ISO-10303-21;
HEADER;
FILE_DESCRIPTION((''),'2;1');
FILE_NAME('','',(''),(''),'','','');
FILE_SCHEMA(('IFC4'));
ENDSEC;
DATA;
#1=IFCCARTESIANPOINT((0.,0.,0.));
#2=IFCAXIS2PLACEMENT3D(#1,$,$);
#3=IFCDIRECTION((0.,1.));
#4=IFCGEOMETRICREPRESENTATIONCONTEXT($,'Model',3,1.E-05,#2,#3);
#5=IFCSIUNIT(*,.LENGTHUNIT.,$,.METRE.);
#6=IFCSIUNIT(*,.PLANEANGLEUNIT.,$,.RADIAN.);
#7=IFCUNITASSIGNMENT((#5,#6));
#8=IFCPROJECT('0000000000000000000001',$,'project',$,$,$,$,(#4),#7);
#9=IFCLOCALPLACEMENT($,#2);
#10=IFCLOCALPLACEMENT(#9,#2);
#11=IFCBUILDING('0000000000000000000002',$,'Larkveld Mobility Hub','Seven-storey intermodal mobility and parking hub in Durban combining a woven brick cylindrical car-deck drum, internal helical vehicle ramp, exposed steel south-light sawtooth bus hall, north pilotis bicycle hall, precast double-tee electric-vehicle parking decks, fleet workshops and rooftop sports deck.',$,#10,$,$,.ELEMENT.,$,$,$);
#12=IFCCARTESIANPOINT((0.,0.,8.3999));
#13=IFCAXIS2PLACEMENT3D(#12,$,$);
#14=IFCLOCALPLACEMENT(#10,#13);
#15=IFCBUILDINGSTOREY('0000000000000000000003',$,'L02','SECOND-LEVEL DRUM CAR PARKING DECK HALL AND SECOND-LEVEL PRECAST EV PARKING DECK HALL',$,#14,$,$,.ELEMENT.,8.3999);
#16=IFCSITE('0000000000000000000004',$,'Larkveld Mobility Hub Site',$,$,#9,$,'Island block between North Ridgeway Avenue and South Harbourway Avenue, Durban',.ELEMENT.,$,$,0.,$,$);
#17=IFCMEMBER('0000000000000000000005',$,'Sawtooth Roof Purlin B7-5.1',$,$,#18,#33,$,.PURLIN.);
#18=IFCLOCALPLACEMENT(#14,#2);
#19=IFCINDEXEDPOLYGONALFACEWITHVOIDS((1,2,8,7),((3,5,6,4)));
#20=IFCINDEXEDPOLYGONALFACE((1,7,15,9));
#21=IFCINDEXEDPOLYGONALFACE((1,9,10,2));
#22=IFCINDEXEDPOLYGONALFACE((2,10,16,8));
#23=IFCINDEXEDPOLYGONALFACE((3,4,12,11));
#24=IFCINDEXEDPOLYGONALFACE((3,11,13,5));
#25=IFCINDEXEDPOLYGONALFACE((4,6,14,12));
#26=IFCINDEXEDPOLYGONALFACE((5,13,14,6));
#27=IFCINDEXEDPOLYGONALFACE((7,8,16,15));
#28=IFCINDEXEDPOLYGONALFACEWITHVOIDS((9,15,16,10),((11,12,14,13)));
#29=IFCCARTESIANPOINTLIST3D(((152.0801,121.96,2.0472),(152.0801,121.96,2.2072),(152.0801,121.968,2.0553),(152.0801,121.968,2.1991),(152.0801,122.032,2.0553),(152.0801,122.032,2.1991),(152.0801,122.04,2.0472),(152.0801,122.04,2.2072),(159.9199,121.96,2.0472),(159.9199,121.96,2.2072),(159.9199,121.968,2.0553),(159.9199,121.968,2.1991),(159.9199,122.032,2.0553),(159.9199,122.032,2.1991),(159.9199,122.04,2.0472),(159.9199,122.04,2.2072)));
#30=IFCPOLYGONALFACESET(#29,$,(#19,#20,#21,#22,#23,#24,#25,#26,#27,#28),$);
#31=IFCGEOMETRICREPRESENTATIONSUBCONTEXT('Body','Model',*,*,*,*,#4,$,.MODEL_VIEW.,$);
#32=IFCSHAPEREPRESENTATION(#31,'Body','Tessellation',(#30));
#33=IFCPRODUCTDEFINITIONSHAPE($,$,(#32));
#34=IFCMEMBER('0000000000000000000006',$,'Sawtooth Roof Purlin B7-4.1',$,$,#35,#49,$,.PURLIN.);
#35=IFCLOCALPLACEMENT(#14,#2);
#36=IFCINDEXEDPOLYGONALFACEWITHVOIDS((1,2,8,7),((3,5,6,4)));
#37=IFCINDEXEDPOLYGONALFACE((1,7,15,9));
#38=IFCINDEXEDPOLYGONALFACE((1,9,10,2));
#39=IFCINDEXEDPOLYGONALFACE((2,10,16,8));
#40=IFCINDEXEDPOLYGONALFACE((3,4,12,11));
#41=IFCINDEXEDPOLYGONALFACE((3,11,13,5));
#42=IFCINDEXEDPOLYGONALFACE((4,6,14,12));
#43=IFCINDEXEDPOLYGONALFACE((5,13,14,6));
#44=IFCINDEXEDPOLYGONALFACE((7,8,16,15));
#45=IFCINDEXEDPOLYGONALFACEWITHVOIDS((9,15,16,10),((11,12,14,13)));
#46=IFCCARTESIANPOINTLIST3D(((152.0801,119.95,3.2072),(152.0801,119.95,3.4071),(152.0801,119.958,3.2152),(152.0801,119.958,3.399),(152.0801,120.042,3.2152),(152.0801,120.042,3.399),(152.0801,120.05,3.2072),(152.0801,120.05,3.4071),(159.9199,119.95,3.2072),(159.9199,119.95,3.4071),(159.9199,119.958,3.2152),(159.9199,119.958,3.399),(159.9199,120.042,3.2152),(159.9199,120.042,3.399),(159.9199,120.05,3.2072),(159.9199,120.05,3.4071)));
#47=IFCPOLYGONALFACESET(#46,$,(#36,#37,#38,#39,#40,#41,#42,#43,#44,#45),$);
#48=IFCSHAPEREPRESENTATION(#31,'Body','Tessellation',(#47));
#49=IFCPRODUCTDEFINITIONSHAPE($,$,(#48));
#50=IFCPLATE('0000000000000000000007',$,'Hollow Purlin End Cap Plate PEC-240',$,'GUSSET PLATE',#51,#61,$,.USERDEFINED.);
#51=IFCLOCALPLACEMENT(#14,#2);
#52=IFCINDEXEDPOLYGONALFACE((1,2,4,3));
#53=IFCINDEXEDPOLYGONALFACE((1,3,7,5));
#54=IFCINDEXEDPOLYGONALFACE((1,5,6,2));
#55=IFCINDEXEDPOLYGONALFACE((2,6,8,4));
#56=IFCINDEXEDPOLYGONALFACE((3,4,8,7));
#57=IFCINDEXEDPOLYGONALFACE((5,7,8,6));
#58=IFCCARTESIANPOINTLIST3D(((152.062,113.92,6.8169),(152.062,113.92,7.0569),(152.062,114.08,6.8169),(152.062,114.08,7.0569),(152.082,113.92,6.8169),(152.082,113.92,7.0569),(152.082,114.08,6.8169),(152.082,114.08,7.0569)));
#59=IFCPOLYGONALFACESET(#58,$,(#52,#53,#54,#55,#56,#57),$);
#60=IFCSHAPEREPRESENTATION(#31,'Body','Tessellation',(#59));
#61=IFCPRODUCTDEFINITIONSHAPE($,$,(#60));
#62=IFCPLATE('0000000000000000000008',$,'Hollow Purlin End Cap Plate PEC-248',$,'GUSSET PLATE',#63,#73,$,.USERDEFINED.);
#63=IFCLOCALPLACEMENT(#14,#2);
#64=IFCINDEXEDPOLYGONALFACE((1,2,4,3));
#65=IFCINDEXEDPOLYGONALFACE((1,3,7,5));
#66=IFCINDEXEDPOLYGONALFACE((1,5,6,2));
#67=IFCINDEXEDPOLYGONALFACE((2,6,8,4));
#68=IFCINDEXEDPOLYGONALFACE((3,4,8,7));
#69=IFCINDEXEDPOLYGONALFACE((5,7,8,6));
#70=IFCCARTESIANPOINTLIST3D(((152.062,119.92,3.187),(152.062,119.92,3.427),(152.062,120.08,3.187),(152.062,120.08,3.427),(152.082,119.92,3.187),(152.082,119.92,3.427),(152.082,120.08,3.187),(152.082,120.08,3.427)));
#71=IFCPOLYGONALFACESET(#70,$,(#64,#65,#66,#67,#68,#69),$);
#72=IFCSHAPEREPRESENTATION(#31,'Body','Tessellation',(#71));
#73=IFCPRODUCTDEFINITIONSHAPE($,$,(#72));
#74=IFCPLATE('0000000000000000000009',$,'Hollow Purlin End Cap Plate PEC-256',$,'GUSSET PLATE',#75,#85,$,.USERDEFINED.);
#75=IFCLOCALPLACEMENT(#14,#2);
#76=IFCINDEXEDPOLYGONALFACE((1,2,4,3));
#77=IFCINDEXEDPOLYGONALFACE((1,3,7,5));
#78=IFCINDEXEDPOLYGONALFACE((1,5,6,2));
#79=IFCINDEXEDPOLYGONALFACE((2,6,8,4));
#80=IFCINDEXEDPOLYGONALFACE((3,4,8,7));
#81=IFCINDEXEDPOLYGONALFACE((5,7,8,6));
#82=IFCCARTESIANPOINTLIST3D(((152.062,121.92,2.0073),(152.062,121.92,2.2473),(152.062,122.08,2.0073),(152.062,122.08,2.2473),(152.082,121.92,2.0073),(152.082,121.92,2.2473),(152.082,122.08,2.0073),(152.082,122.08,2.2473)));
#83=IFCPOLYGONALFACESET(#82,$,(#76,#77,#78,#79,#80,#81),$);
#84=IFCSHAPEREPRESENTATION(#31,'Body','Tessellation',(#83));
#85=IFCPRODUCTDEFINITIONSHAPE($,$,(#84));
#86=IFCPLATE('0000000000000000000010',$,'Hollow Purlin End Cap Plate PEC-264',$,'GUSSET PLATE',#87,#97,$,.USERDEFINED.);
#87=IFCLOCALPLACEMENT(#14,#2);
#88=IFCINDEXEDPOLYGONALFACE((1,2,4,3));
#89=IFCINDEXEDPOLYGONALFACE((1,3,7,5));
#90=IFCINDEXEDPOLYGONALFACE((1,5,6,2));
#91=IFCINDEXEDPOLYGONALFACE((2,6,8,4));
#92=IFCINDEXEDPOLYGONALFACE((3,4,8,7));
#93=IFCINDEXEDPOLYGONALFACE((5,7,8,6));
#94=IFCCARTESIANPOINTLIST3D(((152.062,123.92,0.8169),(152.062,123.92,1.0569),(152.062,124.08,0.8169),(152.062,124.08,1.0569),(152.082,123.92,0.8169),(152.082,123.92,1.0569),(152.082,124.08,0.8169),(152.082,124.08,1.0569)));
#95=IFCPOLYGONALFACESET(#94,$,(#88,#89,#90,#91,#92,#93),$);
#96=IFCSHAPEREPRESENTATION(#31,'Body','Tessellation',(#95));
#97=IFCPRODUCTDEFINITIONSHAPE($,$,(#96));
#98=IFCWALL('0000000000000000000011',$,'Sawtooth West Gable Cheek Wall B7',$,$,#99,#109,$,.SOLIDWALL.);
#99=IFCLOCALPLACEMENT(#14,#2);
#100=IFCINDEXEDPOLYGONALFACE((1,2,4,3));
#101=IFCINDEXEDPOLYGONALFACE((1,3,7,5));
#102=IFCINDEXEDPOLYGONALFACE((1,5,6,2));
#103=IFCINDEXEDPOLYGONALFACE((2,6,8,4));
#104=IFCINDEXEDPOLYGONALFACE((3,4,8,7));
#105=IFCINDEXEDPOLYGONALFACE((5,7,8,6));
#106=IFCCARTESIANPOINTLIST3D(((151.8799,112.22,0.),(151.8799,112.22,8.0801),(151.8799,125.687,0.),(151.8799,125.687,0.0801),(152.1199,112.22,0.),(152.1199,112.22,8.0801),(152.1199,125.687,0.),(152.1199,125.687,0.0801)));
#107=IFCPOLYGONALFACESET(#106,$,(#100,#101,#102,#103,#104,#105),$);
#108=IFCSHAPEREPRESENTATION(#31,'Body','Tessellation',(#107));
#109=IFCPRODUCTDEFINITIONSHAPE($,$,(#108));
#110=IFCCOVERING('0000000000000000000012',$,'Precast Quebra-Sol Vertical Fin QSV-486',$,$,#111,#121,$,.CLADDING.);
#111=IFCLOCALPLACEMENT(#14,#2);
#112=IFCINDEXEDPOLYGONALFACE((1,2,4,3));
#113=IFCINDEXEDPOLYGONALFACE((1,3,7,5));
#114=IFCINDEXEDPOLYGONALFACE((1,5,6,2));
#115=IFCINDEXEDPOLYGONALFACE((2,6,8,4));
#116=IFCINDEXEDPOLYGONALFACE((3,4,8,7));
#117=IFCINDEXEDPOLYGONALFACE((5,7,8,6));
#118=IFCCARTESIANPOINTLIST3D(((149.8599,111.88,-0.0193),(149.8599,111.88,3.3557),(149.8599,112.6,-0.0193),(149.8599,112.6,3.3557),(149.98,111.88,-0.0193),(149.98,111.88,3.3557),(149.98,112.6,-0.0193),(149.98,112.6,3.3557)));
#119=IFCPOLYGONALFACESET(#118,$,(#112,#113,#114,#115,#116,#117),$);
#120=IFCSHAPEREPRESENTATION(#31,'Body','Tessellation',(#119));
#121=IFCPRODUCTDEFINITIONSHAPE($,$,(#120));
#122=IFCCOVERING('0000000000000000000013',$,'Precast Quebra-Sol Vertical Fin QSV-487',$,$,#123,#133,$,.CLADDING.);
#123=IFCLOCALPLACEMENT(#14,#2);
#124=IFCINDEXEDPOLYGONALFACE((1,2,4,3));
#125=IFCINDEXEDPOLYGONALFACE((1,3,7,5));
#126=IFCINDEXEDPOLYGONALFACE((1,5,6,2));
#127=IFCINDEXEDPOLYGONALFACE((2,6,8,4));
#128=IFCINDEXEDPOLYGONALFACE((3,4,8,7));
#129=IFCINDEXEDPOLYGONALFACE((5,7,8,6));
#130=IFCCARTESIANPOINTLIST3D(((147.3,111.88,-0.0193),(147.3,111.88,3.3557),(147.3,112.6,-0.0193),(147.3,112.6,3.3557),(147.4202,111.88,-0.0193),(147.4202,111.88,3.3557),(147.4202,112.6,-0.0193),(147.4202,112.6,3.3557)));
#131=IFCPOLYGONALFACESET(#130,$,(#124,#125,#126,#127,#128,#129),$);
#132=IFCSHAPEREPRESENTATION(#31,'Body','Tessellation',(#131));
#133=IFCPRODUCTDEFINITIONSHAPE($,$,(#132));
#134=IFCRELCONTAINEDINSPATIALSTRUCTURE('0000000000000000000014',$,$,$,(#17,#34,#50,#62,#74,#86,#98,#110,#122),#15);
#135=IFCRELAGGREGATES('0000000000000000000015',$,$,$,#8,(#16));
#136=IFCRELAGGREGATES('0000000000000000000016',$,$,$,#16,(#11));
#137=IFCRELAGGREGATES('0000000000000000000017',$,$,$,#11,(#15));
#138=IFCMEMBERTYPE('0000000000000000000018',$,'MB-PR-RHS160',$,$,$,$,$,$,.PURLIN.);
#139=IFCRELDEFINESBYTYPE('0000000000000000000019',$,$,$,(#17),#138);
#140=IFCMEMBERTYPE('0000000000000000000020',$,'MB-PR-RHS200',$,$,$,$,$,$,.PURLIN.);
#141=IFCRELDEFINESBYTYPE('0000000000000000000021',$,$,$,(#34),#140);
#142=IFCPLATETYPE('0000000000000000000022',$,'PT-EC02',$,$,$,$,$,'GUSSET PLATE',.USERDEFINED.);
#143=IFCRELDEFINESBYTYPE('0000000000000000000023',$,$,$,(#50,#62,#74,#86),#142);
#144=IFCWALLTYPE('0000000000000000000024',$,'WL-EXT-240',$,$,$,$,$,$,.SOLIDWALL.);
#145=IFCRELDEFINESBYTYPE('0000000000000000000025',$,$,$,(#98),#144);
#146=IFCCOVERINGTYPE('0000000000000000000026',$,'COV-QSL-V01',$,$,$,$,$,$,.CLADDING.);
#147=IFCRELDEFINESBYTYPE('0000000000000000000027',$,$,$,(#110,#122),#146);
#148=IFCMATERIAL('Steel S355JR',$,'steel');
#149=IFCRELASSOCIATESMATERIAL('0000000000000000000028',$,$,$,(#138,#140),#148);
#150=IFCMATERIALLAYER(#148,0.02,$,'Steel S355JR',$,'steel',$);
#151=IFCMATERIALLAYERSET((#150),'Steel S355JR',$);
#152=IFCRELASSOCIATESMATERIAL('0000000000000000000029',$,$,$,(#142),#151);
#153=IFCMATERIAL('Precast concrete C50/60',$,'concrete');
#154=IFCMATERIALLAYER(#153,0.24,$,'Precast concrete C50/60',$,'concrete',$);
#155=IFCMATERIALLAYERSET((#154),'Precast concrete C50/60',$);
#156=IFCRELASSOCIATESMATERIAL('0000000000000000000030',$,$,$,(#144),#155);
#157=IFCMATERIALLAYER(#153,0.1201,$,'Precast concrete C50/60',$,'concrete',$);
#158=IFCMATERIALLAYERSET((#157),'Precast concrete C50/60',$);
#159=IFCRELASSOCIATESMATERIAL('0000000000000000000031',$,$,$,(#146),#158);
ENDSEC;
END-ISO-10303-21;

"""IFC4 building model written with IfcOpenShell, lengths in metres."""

from ifc_helpers import new_model, si_unit, direction, frame, origin, origin_2d, place, context, subcontext, project, spatial, polyline, rectangle, hollow_rectangle, outline, extrude, material, layer, layer_set, material_profile, profile_set, type_object, element, save


model = new_model("IFC4")

# Units and contexts
model_context = context("Model", 3, precision=1e-05, world=origin(), true_north=direction((0.0, 1.0)))
body_context = subcontext(model_context, "Body", "Model", "MODEL_VIEW")
ifc_project = project(units=[si_unit("LENGTHUNIT", "METRE"), si_unit("PLANEANGLEUNIT", "RADIAN")], contexts=[model_context])

# Site, building, storey
site_placement = place(None, origin())
site = spatial("IfcSite", under=ifc_project, at=site_placement, Name="Larkveld Mobility Hub Site", LongName="Island block between North Ridgeway Avenue and South Harbourway Avenue, Durban", CompositionType="ELEMENT", RefElevation=0.0)
building_placement = place(site_placement, origin())
building = spatial("IfcBuilding", under=site, at=building_placement, Name="Larkveld Mobility Hub", Description="Seven-storey intermodal mobility and parking hub in Durban combining a woven brick cylindrical car-deck drum, internal helical vehicle ramp, exposed steel south-light sawtooth bus hall, north pilotis bicycle hall, precast double-tee electric-vehicle parking decks, fleet workshops and rooftop sports deck.", CompositionType="ELEMENT")
storey_placement = place(building_placement, frame((0.0, 0.0, 8.3999)))
storey = spatial("IfcBuildingStorey", under=building, at=storey_placement, Name="L02", Description="SECOND-LEVEL DRUM CAR PARKING DECK HALL AND SECOND-LEVEL PRECAST EV PARKING DECK HALL", CompositionType="ELEMENT", Elevation=8.3999)

# Shared definitions
ifc_material_1 = material(Name="Steel S355JR", Category="steel")

# Members
ifc_material_profile_1 = material_profile(ifc_material_1, hollow_rectangle(XDim=0.0801, YDim=0.1599, WallThickness=0.0081, at=origin_2d()), Name="RHS 160x80x8")
ifc_profile_set_1 = profile_set([ifc_material_profile_1], Name="Steel S355JR")
member_type_1 = type_object("IfcMemberType", Name="MB-PR-RHS160", PredefinedType="PURLIN", material=ifc_profile_set_1)
member_1_placement = place(storey_placement, frame((152.0801, 122.0, 2.1272), z_axis=(1.0, 0.0, 0.0), x_axis=(0.0, 1.0, 0.0)))
element("IfcMember", 1, at=member_1_placement, inside=storey, type_object=member_type_1, Name="Sawtooth Roof Purlin B7-5.1", PredefinedType="PURLIN", context=body_context, shape_type="SweptSolid", body=[
    extrude(hollow_rectangle(XDim=0.0801, YDim=0.1599, WallThickness=0.0081, at=origin_2d()), origin(), (0.0, 0.0, 1.0), 7.8398),
])
ifc_material_profile_2 = material_profile(ifc_material_1, hollow_rectangle(XDim=0.1001, YDim=0.2, WallThickness=0.0081, at=origin_2d()), Name="RHS 200x100x8")
ifc_profile_set_2 = profile_set([ifc_material_profile_2], Name="Steel S355JR")
member_type_2 = type_object("IfcMemberType", Name="MB-PR-RHS200", PredefinedType="PURLIN", material=ifc_profile_set_2)
member_2_placement = place(storey_placement, frame((152.0801, 120.0, 3.3071), z_axis=(1.0, 0.0, 0.0), x_axis=(0.0, 1.0, 0.0)))
element("IfcMember", 2, at=member_2_placement, inside=storey, type_object=member_type_2, Name="Sawtooth Roof Purlin B7-4.1", PredefinedType="PURLIN", context=body_context, shape_type="SweptSolid", body=[
    extrude(hollow_rectangle(XDim=0.1001, YDim=0.2, WallThickness=0.0081, at=origin_2d()), origin(), (0.0, 0.0, 1.0), 7.8398),
])

# Plates
ifc_layer_1 = layer(ifc_material_1, 0.02, Name="Steel S355JR", Category="steel")
ifc_layer_set_1 = layer_set([ifc_layer_1], Name="Steel S355JR")
plate_type = type_object("IfcPlateType", Name="PT-EC02", ElementType="GUSSET PLATE", PredefinedType="USERDEFINED", material=ifc_layer_set_1)
for number, where, z_axis, x_axis, name in (
    (3, (152.072, 114.0, 6.8169), (0.0, 0.0, 1.0), (1.0, 0.0, 0.0), "Hollow Purlin End Cap Plate PEC-240"),
    (4, (152.072, 120.0, 3.187), (0.0, 0.0, 1.0), (1.0, 0.0, 0.0), "Hollow Purlin End Cap Plate PEC-248"),
    (5, (152.072, 122.0, 2.0073), (0.0, 0.0, 1.0), (1.0, 0.0, 0.0), "Hollow Purlin End Cap Plate PEC-256"),
    (6, (152.072, 124.0, 0.8169), (0.0, 0.0, 1.0), (1.0, 0.0, 0.0), "Hollow Purlin End Cap Plate PEC-264"),
):
    element("IfcPlate", number, at=place(storey_placement, frame(where, z_axis=z_axis, x_axis=x_axis)), inside=storey, type_object=plate_type, Name=name, ObjectType="GUSSET PLATE", PredefinedType="USERDEFINED", context=body_context, shape_type="SweptSolid", body=[
        extrude(rectangle(XDim=0.02, YDim=0.1599, at=origin_2d()), origin(), (0.0, 0.0, 1.0), 0.24),
    ])

# Wall
ifc_material_2 = material(Name="Precast concrete C50/60", Category="concrete")
ifc_layer_2 = layer(ifc_material_2, 0.24, Name="Precast concrete C50/60", Category="concrete")
ifc_layer_set_2 = layer_set([ifc_layer_2], Name="Precast concrete C50/60")
wall_type = type_object("IfcWallType", Name="WL-EXT-240", PredefinedType="SOLIDWALL", material=ifc_layer_set_2)
wall_placement = place(storey_placement, frame((152.0, 112.22, 0.0), z_axis=(0.0, 0.0, 1.0), x_axis=(0.0, 1.0, 0.0)))
element("IfcWall", 7, at=wall_placement, inside=storey, type_object=wall_type, Name="Sawtooth West Gable Cheek Wall B7", PredefinedType="SOLIDWALL", context=body_context, shape_type="SweptSolid", body=[
    extrude(outline(polyline([(0.0, 0.0), (13.467, 0.0), (13.467, 0.0801), (0.0, 8.0801), (0.0, 0.0)])), frame((0.0, 0.1201, 0.0), z_axis=(0.0, -1.0, 0.0), x_axis=(1.0, 0.0, 0.0)), (0.0, 0.0, 1.0), 0.24),
])

# Coverings
ifc_layer_3 = layer(ifc_material_2, 0.1201, Name="Precast concrete C50/60", Category="concrete")
ifc_layer_set_3 = layer_set([ifc_layer_3], Name="Precast concrete C50/60")
covering_type = type_object("IfcCoveringType", Name="COV-QSL-V01", PredefinedType="CLADDING", material=ifc_layer_set_3)
for number, where, z_axis, x_axis, name in (
    (8, (149.9199, 112.24, -0.0193), (0.0, 0.0, 1.0), (-1.0, 0.0, 0.0), "Precast Quebra-Sol Vertical Fin QSV-486"),
    (9, (147.3601, 112.24, -0.0193), (0.0, 0.0, 1.0), (-1.0, 0.0, 0.0), "Precast Quebra-Sol Vertical Fin QSV-487"),
):
    element("IfcCovering", number, at=place(storey_placement, frame(where, z_axis=z_axis, x_axis=x_axis)), inside=storey, type_object=covering_type, Name=name, PredefinedType="CLADDING", context=body_context, shape_type="SweptSolid", body=[
        extrude(rectangle(XDim=0.1201, YDim=0.72, at=origin_2d()), origin(), (0.0, 0.0, 1.0), 3.375),
    ])

save(model, "model.ifc")
